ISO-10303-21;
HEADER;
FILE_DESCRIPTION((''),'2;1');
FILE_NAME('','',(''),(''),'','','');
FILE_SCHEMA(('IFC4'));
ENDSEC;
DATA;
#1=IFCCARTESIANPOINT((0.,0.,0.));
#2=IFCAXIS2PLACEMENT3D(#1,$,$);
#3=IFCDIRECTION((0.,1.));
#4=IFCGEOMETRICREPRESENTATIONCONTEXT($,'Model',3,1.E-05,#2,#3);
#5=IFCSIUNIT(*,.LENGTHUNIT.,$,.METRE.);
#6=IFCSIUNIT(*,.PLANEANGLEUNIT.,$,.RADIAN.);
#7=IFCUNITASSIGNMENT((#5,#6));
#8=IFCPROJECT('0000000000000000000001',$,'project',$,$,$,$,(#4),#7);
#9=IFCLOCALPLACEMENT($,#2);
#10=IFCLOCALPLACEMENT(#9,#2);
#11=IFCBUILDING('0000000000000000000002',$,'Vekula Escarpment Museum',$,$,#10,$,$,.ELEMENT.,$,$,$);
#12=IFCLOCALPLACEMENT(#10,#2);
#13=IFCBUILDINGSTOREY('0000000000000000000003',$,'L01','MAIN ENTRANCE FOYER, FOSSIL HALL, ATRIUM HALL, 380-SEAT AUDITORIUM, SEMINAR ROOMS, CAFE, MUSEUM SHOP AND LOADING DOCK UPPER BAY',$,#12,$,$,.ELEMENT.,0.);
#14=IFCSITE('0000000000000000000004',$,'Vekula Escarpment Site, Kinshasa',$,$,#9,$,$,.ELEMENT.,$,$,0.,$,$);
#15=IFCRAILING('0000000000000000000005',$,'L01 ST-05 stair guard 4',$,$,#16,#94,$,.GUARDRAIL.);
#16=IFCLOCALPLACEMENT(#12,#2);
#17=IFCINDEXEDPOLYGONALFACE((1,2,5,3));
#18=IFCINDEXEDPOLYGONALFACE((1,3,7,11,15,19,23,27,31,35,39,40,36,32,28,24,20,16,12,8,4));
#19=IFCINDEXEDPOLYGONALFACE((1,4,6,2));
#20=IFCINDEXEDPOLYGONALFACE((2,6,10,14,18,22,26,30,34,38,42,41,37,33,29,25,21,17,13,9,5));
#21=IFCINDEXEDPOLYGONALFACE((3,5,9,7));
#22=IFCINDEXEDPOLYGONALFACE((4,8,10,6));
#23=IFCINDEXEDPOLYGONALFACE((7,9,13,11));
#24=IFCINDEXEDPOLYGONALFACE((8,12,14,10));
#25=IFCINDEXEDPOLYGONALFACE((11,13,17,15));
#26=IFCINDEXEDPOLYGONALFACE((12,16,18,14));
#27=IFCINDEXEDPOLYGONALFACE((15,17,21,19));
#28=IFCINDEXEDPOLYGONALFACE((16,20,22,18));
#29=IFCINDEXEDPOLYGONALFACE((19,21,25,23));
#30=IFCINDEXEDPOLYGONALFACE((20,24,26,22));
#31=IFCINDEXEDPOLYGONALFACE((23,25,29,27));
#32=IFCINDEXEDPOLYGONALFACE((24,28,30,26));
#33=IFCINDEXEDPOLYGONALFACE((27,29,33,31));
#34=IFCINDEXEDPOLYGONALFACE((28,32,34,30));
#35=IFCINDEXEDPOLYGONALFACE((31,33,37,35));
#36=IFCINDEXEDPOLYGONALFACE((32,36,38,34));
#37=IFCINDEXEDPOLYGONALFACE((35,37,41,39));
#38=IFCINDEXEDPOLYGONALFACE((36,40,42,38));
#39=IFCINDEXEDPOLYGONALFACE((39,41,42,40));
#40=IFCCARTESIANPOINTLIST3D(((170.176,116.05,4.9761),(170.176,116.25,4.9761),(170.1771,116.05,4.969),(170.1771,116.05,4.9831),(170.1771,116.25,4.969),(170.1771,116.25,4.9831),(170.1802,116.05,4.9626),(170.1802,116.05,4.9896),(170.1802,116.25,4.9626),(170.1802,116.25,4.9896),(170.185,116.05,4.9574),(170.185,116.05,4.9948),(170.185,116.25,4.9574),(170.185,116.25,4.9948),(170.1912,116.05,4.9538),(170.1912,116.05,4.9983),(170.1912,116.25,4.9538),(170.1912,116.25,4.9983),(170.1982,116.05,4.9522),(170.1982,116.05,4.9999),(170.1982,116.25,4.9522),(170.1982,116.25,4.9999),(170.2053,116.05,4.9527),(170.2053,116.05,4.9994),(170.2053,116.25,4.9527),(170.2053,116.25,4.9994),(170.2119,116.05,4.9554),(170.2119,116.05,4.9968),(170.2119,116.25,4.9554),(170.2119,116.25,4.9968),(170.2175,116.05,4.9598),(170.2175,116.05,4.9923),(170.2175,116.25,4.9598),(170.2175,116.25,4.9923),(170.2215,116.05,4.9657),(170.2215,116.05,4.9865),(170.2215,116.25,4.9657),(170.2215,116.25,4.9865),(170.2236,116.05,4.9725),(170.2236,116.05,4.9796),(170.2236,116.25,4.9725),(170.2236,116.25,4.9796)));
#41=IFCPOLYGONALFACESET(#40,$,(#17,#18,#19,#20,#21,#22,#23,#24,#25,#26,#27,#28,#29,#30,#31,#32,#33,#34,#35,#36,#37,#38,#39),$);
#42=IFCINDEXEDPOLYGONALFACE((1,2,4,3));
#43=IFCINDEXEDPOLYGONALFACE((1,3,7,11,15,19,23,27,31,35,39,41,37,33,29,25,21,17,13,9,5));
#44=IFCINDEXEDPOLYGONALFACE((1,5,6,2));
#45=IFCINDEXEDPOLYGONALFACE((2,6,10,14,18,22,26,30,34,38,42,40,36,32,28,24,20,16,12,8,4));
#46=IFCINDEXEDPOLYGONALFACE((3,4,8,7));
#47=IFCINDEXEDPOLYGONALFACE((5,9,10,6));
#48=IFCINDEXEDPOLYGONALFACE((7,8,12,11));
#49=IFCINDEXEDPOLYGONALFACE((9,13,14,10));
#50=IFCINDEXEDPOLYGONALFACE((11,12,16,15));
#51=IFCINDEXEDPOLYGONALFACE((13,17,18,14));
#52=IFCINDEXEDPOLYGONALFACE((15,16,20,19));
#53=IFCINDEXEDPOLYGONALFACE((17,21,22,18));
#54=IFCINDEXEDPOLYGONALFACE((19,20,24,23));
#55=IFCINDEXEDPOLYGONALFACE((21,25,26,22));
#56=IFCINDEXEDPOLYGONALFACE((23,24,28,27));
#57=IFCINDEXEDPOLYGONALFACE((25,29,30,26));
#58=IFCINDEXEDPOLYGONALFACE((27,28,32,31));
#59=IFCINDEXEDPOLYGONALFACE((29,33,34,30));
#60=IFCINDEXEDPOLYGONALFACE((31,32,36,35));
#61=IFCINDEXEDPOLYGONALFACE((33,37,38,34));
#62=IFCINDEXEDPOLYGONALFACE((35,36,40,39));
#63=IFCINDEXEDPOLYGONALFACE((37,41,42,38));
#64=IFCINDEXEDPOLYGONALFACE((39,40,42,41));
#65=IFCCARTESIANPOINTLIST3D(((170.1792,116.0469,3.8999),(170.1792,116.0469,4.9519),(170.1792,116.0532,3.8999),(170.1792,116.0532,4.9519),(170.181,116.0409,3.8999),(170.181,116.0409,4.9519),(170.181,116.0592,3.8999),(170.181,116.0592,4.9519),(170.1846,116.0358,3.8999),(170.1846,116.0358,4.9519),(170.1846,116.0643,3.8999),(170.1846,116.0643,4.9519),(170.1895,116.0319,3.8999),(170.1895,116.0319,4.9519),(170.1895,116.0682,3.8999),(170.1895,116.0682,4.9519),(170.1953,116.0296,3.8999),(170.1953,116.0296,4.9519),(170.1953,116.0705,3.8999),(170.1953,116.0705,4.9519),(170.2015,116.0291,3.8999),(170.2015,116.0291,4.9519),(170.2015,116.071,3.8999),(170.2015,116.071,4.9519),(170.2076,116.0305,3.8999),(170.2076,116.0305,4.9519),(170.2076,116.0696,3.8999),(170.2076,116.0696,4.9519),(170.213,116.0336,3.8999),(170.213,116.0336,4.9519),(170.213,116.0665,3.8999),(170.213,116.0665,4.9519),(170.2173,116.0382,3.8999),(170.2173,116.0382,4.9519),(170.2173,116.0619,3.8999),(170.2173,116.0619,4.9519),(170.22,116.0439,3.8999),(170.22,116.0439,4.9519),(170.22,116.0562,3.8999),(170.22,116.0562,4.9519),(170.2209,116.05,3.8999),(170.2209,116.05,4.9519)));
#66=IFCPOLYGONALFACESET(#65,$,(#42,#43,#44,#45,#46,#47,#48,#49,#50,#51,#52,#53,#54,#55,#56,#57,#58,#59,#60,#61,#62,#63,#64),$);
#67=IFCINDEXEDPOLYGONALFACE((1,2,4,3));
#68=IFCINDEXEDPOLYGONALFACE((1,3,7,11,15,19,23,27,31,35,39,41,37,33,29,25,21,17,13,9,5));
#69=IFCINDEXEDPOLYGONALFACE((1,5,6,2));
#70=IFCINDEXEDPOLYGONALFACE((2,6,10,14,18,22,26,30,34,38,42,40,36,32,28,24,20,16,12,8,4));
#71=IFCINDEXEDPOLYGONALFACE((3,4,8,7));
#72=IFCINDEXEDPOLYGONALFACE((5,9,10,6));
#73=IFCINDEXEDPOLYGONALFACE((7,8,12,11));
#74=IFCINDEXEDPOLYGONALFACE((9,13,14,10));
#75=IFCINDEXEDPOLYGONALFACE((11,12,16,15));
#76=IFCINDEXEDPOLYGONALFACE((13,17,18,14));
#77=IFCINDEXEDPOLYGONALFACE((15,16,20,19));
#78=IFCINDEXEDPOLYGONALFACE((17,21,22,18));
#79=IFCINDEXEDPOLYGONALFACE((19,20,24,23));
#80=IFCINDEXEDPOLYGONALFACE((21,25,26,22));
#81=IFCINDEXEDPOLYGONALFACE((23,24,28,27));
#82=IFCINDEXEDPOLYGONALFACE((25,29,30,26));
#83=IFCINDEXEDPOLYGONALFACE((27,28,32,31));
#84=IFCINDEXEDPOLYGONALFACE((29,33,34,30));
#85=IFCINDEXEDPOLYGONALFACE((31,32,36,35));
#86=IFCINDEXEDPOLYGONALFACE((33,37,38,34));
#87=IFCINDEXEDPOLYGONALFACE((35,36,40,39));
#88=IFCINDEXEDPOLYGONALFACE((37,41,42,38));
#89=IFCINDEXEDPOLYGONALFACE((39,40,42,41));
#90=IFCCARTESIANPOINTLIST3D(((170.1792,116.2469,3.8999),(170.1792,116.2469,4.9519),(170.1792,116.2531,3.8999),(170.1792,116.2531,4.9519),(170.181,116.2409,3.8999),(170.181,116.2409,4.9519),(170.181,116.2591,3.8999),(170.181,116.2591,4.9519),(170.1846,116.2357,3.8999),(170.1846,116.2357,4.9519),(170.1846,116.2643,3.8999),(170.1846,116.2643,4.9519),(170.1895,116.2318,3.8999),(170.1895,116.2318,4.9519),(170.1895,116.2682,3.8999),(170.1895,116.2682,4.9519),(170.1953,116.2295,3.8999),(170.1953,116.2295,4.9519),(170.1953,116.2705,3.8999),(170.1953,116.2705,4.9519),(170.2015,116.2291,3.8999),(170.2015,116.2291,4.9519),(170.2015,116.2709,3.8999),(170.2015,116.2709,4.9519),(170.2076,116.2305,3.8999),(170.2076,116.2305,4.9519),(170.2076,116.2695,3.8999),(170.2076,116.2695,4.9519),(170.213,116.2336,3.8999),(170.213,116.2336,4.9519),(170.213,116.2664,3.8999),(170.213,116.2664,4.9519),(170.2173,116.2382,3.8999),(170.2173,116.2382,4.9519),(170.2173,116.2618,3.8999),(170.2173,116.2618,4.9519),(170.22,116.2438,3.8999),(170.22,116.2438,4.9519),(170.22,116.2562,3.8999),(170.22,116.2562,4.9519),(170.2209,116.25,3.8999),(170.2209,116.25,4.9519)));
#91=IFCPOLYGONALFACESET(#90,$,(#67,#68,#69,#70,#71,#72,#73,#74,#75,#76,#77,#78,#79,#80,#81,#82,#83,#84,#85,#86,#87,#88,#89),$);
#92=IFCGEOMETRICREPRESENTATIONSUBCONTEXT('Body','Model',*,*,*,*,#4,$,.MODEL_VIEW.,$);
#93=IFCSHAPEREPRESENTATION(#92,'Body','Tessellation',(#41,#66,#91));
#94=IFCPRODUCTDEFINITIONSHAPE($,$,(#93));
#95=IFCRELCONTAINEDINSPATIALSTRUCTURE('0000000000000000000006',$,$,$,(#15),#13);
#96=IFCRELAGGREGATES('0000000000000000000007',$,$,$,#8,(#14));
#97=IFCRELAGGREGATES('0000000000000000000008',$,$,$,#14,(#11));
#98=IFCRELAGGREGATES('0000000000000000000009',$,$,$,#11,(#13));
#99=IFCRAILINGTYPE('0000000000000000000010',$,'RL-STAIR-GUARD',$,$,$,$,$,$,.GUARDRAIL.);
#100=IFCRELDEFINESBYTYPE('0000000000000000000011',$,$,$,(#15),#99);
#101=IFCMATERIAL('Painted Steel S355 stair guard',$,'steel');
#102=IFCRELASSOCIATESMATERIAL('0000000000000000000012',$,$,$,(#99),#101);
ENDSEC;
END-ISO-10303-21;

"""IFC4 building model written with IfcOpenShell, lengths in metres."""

from ifc_helpers import new_model, si_unit, direction, frame, origin, origin_2d, place, context, subcontext, project, spatial, circle, extrude, material, type_object, element, save


model = new_model("IFC4")

# Units and contexts
model_context = context("Model", 3, precision=1e-05, world=origin(), true_north=direction((0.0, 1.0)))
body_context = subcontext(model_context, "Body", "Model", "MODEL_VIEW")
ifc_project = project(units=[si_unit("LENGTHUNIT", "METRE"), si_unit("PLANEANGLEUNIT", "RADIAN")], contexts=[model_context])

# Site, building, storey
site_placement = place(None, origin())
site = spatial("IfcSite", under=ifc_project, at=site_placement, Name="Vekula Escarpment Site, Kinshasa", CompositionType="ELEMENT", RefElevation=0.0)
building_placement = place(site_placement, origin())
building = spatial("IfcBuilding", under=site, at=building_placement, Name="Vekula Escarpment Museum", CompositionType="ELEMENT")
storey_placement = place(building_placement, origin())
storey = spatial("IfcBuildingStorey", under=building, at=storey_placement, Name="L01", Description="MAIN ENTRANCE FOYER, FOSSIL HALL, ATRIUM HALL, 380-SEAT AUDITORIUM, SEMINAR ROOMS, CAFE, MUSEUM SHOP AND LOADING DOCK UPPER BAY", CompositionType="ELEMENT", Elevation=0.0)

# Railing
ifc_material_1 = material(Name="Painted Steel S355 stair guard", Category="steel")
railing_type_1 = type_object("IfcRailingType", Name="RL-STAIR-GUARD", PredefinedType="GUARDRAIL", material=ifc_material_1)
railing_1_placement = place(storey_placement, frame((170.2, 116.05, 3.8999)))
element("IfcRailing", 1, at=railing_1_placement, inside=storey, type_object=railing_type_1, Name="L01 ST-05 stair guard 4", PredefinedType="GUARDRAIL", context=body_context, shape_type="SweptSolid", body=[
    extrude(circle(Radius=0.0239, at=origin_2d()), frame((0.0, 0.0, 1.0762), z_axis=(0.0, 1.0, 0.0), x_axis=(-1.0, 0.0, 0.0)), (0.0, 0.0, 1.0), 0.2),
    extrude(circle(Radius=0.021, at=origin_2d()), origin(), (0.0, 0.0, 1.0), 1.052),
    extrude(circle(Radius=0.021, at=origin_2d()), frame((0.0, 0.2, 0.0)), (0.0, 0.0, 1.0), 1.052),
])

save(model, "model.ifc")
